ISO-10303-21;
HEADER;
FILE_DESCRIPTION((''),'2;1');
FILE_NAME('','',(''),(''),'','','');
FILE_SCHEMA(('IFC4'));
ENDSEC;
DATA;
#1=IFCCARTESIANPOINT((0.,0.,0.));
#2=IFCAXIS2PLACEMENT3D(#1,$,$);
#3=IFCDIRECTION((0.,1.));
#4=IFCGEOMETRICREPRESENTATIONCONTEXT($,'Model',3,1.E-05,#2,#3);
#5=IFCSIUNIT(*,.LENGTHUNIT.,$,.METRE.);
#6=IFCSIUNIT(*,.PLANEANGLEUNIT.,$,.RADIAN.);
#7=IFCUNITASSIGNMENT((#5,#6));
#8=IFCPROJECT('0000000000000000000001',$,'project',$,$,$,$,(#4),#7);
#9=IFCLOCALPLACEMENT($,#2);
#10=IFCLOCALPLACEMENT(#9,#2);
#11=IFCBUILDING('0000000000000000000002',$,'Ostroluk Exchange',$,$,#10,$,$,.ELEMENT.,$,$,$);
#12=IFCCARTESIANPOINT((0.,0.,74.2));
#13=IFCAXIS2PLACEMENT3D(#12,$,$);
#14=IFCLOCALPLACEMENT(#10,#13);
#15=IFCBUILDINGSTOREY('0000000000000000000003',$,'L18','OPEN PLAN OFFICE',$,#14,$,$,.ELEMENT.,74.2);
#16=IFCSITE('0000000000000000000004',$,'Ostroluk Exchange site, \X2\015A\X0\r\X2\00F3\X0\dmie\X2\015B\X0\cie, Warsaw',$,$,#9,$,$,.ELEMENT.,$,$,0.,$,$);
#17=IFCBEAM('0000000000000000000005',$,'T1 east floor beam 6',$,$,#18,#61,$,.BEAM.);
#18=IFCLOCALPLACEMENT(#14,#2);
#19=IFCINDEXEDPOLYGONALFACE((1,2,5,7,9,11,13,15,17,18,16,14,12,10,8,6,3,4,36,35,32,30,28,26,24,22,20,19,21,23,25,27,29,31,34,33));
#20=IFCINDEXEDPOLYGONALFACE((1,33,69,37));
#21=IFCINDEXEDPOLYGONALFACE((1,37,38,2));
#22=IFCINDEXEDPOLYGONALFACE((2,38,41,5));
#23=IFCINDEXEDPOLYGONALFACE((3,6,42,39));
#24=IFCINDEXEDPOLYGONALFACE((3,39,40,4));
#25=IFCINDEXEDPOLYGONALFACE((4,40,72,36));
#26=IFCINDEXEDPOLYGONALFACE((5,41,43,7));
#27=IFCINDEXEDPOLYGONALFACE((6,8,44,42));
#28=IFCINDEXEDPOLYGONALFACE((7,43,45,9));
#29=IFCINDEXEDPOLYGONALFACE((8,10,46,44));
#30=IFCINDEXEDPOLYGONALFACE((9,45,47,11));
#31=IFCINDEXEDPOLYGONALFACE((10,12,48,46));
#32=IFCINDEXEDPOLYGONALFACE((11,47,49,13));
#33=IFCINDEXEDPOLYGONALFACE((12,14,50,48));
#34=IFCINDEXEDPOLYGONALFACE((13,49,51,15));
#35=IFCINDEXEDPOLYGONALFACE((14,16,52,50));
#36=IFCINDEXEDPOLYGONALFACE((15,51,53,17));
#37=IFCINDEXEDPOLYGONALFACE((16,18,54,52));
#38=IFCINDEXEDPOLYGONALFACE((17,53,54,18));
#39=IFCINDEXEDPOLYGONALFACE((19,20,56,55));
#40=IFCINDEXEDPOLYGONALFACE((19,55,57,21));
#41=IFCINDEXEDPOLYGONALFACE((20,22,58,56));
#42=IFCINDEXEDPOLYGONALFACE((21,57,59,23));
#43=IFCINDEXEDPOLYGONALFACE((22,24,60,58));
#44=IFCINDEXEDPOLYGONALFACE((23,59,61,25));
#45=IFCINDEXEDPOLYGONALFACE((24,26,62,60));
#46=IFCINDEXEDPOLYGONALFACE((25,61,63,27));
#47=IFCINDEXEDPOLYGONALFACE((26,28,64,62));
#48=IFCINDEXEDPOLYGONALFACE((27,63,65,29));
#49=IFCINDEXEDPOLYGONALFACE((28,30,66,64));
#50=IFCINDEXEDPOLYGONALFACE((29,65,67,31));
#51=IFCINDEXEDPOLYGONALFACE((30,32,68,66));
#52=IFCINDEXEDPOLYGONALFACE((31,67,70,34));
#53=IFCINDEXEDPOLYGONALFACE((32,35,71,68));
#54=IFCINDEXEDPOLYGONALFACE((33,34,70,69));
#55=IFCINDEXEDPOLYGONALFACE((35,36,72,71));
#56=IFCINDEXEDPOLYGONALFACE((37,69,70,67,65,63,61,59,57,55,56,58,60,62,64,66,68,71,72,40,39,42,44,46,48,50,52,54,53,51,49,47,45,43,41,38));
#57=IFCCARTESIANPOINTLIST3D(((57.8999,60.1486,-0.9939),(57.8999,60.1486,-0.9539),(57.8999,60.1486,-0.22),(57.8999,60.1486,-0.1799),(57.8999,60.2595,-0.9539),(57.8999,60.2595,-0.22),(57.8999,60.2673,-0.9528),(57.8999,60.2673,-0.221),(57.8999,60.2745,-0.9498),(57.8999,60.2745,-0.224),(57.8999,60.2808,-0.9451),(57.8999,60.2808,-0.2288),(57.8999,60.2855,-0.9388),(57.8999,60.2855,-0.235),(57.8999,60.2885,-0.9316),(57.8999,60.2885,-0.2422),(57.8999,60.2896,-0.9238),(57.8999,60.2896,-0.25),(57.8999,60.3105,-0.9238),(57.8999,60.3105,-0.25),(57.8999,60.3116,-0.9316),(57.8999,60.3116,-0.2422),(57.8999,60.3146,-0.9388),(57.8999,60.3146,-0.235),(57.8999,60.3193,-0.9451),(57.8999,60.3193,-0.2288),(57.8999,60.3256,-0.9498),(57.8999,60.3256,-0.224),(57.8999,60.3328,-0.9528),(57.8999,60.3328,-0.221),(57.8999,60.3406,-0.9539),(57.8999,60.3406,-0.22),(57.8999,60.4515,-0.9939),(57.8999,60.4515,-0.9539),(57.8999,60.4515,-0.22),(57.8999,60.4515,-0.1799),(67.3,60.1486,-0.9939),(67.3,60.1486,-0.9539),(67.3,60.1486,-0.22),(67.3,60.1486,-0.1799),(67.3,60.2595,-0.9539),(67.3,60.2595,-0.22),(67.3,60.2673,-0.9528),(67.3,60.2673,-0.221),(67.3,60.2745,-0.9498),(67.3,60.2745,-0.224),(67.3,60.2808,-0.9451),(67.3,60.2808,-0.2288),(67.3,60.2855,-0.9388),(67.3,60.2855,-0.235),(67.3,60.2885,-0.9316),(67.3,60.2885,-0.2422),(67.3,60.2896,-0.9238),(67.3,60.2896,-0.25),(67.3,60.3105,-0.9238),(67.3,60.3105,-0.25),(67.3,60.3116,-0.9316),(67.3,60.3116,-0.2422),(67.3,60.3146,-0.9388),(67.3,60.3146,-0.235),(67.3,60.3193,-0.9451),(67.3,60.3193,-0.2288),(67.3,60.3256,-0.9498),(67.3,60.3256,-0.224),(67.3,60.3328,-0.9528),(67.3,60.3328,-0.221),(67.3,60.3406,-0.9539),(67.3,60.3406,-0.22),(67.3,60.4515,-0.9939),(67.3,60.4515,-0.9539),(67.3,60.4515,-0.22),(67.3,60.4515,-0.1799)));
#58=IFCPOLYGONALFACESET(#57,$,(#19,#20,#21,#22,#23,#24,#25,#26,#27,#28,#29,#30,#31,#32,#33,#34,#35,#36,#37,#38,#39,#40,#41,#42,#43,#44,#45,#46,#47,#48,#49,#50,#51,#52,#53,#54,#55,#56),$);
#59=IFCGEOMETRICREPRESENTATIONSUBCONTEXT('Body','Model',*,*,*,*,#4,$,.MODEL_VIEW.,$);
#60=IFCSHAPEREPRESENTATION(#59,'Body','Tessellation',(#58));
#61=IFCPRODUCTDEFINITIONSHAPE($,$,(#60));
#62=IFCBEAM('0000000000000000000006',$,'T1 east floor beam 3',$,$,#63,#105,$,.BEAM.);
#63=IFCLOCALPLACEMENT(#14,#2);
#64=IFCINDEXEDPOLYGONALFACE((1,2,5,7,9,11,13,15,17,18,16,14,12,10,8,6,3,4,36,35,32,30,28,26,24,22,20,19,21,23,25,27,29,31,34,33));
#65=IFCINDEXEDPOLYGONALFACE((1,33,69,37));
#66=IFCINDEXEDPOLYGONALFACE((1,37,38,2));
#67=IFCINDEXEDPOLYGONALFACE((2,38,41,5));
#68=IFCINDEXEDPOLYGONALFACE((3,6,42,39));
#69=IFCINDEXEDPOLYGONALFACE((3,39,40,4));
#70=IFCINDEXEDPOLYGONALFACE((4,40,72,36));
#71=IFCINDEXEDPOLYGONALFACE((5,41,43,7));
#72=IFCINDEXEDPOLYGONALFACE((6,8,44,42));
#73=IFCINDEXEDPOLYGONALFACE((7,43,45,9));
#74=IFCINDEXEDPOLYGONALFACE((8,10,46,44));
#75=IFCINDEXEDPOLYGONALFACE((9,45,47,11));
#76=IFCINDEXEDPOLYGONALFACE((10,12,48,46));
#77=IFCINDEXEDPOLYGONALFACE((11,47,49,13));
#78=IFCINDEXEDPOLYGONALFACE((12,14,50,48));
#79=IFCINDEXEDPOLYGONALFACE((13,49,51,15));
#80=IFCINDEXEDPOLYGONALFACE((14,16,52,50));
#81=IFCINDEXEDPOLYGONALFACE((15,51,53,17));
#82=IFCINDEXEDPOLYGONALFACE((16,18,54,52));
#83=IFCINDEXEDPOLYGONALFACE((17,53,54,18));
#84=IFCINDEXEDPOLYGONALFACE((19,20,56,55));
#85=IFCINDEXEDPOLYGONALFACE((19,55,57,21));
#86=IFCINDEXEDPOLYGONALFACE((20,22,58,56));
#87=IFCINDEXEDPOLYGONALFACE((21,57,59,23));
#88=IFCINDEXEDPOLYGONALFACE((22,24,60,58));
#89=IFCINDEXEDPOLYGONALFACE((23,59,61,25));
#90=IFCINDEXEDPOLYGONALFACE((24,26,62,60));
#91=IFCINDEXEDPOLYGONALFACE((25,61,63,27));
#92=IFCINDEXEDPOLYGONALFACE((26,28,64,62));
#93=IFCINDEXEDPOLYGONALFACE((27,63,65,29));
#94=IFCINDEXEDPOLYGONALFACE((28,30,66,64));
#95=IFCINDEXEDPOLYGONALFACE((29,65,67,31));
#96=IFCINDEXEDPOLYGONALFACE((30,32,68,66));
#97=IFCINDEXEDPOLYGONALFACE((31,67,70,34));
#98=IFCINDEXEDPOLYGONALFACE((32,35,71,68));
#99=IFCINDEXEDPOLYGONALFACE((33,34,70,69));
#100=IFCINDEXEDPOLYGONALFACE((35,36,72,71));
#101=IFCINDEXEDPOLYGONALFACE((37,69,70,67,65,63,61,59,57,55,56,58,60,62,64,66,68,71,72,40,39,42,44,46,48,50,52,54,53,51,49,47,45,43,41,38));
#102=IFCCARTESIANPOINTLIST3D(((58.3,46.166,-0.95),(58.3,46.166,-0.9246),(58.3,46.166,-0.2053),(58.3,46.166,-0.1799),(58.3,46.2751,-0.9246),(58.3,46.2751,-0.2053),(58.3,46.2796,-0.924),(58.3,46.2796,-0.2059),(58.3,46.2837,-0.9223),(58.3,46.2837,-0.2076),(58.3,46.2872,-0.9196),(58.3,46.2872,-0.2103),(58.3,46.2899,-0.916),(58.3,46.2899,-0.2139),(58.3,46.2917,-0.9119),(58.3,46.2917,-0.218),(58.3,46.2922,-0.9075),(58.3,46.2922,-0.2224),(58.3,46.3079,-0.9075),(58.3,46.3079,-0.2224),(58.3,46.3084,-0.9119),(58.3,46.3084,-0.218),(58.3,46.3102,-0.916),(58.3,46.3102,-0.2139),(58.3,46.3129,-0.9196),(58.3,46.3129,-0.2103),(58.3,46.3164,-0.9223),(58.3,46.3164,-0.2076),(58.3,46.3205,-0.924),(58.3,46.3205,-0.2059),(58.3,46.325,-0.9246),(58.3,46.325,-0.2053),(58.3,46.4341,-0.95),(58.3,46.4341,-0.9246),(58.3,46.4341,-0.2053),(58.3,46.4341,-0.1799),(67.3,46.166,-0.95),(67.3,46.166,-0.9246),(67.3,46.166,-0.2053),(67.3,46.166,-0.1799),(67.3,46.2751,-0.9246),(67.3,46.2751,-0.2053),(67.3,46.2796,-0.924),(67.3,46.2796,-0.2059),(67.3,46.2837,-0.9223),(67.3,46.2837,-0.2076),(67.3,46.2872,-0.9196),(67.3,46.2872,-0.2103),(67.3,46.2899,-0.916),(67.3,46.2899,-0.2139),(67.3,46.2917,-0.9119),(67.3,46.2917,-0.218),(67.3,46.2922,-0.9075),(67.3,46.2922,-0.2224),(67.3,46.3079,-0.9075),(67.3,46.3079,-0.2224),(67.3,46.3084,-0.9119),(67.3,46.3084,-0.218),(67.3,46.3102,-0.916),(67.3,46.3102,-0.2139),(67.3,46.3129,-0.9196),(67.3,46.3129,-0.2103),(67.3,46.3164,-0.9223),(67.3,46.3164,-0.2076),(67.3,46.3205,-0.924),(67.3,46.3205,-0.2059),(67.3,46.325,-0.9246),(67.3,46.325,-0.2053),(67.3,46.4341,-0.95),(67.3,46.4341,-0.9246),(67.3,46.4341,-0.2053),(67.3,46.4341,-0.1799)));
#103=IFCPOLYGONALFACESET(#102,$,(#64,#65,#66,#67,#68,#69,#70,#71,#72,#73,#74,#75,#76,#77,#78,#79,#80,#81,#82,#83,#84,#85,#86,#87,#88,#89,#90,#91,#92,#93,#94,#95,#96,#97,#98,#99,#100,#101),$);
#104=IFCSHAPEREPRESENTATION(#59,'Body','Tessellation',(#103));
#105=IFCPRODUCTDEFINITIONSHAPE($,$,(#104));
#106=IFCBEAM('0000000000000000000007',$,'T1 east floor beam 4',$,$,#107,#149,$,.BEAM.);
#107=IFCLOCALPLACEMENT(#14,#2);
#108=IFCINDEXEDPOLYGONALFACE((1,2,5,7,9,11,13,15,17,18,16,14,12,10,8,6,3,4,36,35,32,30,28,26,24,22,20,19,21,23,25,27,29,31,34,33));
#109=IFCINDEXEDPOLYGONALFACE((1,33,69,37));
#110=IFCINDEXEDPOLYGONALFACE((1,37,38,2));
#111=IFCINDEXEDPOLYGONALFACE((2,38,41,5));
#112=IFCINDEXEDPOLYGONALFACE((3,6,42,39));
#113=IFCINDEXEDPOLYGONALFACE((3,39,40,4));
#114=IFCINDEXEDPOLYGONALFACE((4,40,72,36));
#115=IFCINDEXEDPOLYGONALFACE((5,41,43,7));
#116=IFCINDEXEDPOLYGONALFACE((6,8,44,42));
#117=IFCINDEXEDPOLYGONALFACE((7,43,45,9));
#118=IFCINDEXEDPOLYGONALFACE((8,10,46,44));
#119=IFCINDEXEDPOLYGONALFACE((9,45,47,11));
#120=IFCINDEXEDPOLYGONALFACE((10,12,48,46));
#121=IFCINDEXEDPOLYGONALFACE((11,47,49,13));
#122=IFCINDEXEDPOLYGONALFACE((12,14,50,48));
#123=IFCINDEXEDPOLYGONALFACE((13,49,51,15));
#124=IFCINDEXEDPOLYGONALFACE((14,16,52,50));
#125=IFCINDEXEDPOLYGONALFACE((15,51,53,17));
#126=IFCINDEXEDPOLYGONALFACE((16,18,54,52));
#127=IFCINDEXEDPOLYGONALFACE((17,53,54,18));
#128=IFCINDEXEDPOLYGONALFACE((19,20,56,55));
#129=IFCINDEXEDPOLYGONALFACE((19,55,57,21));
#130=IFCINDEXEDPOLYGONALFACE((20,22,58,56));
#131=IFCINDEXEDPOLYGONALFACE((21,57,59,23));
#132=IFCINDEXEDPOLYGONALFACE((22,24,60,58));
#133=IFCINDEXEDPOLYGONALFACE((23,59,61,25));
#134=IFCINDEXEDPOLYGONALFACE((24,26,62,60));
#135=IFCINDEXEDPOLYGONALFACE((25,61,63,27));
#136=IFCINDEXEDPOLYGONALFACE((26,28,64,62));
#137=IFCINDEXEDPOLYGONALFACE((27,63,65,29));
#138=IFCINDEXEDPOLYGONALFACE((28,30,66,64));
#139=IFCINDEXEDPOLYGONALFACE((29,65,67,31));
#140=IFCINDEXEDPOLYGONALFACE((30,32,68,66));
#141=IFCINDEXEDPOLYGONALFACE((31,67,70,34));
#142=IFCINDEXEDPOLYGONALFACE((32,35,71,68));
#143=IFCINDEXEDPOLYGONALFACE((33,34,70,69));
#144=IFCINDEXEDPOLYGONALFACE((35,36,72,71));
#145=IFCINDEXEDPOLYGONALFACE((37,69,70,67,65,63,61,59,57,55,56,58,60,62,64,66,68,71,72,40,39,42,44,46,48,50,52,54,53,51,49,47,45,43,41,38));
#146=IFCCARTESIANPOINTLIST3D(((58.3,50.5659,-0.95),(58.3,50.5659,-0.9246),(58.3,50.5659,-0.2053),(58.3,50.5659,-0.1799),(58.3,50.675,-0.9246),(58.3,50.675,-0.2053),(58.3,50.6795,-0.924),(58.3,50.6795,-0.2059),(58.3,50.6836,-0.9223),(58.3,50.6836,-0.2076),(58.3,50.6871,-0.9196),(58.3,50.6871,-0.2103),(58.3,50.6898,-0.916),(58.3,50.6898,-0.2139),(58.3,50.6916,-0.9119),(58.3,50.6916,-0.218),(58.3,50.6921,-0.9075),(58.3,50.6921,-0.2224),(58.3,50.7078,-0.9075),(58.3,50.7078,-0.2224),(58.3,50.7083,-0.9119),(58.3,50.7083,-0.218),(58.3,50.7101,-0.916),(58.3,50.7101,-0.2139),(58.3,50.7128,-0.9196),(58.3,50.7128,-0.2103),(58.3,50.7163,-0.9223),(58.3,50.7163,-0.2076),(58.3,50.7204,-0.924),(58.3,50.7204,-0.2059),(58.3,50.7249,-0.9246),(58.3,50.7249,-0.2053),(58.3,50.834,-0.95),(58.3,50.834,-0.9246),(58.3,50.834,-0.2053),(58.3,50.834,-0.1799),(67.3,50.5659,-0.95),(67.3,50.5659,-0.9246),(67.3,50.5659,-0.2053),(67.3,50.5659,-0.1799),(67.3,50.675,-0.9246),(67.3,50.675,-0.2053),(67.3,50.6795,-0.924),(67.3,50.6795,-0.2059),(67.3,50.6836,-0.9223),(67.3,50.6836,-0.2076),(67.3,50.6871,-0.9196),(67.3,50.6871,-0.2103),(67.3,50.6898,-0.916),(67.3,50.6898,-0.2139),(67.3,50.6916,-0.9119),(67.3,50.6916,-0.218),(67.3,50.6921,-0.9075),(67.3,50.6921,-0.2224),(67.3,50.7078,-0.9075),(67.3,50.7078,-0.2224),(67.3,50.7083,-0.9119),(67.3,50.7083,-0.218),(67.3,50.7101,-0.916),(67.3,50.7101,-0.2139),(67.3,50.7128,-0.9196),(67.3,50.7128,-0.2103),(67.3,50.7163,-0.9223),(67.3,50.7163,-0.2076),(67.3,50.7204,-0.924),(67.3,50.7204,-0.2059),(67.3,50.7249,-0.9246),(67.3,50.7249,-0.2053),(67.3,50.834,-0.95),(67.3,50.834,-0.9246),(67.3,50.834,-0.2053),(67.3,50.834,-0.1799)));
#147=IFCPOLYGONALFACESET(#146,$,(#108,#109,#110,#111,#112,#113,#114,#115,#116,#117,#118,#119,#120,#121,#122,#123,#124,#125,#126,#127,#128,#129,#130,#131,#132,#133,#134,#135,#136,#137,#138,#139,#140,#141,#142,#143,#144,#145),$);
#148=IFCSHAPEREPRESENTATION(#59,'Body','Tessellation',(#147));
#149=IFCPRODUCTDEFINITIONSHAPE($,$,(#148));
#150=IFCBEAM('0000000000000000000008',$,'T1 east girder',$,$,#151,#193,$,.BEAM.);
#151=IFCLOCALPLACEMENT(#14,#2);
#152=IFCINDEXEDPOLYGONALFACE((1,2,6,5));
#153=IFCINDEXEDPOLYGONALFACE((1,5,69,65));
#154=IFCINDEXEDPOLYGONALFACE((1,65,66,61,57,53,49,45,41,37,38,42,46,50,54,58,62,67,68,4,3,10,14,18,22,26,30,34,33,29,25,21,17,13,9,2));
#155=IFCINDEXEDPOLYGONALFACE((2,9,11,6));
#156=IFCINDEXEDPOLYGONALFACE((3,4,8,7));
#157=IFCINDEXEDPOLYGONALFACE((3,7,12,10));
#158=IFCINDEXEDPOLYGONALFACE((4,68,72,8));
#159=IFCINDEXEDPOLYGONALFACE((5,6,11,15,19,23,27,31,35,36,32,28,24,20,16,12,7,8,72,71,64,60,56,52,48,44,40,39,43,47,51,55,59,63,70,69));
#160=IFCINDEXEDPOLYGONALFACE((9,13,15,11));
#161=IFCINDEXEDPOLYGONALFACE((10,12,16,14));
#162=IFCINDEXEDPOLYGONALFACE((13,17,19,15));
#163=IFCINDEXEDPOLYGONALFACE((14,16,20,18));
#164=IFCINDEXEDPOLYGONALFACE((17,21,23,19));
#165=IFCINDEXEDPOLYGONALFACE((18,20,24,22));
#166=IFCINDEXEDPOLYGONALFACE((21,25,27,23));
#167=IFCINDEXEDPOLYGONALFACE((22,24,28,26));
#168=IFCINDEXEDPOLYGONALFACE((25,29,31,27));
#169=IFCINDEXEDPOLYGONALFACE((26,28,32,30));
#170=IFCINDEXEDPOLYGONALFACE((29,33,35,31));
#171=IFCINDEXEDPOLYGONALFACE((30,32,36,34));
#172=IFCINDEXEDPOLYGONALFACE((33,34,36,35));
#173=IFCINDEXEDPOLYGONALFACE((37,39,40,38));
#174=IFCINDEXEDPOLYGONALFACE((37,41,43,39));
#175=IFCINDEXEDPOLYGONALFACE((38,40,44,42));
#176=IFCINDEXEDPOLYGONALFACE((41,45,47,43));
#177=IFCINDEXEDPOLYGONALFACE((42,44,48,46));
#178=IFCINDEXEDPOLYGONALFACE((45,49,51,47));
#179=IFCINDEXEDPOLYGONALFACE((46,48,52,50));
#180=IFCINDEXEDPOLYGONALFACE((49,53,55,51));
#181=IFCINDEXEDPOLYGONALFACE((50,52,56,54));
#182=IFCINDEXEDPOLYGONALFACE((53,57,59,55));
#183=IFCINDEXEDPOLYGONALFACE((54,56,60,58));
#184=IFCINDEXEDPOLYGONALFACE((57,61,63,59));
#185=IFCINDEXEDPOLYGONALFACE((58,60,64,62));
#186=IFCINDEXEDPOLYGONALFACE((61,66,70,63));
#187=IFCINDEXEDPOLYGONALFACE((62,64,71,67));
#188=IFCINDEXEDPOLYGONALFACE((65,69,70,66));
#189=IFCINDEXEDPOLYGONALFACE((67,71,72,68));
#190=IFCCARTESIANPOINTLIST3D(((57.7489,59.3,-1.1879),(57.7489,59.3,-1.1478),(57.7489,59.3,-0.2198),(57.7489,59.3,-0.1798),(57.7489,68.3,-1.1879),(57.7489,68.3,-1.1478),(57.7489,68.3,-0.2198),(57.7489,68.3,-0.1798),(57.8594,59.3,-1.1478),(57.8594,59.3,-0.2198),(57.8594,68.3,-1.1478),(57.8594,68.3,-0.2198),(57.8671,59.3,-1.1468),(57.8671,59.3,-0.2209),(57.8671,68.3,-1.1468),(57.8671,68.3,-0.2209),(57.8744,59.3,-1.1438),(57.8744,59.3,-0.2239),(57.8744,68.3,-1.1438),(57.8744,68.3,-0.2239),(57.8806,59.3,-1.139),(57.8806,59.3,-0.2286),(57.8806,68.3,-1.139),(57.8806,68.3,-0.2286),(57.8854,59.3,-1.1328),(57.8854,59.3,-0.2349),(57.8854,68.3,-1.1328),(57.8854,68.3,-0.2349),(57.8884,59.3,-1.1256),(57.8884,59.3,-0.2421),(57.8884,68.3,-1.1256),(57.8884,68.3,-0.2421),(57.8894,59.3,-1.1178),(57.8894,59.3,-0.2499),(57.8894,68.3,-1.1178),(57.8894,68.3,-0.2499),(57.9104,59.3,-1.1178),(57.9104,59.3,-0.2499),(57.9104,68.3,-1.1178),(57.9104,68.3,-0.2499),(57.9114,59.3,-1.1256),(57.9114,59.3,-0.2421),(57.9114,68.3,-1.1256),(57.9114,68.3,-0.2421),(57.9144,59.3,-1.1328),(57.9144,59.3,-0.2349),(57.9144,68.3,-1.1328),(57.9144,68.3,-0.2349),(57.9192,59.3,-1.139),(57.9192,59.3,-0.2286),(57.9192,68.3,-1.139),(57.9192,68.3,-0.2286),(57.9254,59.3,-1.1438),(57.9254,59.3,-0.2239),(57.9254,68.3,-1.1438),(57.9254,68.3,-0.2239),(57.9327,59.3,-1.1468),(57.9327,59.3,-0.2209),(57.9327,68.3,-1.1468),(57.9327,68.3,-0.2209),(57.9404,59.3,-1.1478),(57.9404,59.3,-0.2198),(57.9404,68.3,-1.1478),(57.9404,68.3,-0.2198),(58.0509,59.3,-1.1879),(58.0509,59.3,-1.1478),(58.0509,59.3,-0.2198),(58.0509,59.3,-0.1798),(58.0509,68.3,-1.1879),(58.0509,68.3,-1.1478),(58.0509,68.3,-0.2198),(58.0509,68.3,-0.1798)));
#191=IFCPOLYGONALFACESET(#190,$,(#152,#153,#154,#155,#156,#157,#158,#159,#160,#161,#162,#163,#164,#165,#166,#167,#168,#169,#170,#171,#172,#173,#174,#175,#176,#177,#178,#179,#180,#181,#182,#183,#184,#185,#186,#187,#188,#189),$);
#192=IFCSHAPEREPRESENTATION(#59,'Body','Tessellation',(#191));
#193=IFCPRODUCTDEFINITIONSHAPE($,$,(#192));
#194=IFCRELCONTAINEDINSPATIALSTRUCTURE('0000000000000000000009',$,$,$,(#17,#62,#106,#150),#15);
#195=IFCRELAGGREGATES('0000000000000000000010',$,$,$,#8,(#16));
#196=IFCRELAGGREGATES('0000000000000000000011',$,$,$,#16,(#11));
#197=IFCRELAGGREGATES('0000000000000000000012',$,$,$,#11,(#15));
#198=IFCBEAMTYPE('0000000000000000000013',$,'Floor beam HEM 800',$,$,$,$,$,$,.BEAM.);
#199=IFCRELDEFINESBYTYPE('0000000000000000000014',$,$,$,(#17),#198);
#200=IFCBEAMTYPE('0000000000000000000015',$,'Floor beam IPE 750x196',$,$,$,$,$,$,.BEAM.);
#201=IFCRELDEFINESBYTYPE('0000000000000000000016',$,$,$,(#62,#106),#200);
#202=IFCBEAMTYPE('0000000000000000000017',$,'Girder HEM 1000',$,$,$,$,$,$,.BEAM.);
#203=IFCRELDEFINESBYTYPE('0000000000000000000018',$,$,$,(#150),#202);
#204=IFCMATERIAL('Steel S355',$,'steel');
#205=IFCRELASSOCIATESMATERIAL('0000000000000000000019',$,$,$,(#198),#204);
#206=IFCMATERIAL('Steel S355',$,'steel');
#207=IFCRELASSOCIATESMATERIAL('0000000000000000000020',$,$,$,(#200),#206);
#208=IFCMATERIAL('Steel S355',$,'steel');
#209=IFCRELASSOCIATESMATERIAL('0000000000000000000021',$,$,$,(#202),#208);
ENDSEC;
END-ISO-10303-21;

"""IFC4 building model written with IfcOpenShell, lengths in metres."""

from ifc_helpers import new_model, si_unit, direction, frame, origin, origin_2d, place, context, subcontext, project, spatial, i_section, extrude, material, material_profile, profile_set, type_object, element, save


model = new_model("IFC4")

# Units and contexts
model_context = context("Model", 3, precision=1e-05, world=origin(), true_north=direction((0.0, 1.0)))
body_context = subcontext(model_context, "Body", "Model", "MODEL_VIEW")
ifc_project = project(units=[si_unit("LENGTHUNIT", "METRE"), si_unit("PLANEANGLEUNIT", "RADIAN")], contexts=[model_context])

# Site, building, storey
site_placement = place(None, origin())
site = spatial("IfcSite", under=ifc_project, at=site_placement, Name="Ostroluk Exchange site, Śródmieście, Warsaw", CompositionType="ELEMENT", RefElevation=0.0)
building_placement = place(site_placement, origin())
building = spatial("IfcBuilding", under=site, at=building_placement, Name="Ostroluk Exchange", CompositionType="ELEMENT")
storey_placement = place(building_placement, frame((0.0, 0.0, 74.2)))
storey = spatial("IfcBuildingStorey", under=building, at=storey_placement, Name="L18", Description="OPEN PLAN OFFICE", CompositionType="ELEMENT", Elevation=74.2)

# Beams
ifc_material_1 = material(Name="Steel S355", Category="steel")
ifc_material_profile_1 = material_profile(ifc_material_1, i_section(OverallWidth=0.303, OverallDepth=0.814, WebThickness=0.021, FlangeThickness=0.04, FilletRadius=0.03, at=origin_2d()), Name="HEM 800")
ifc_profile_set_1 = profile_set([ifc_material_profile_1], Name="Steel S355")
beam_type_1 = type_object("IfcBeamType", Name="Floor beam HEM 800", PredefinedType="BEAM", material=ifc_profile_set_1)
beam_1_placement = place(storey_placement, frame((57.8999, 60.3, -0.5869), z_axis=(1.0, 0.0, 0.0), x_axis=(0.0, 1.0, 0.0)))
element("IfcBeam", 1, at=beam_1_placement, inside=storey, type_object=beam_type_1, Name="T1 east floor beam 6", PredefinedType="BEAM", context=body_context, shape_type="SweptSolid", body=[
    extrude(i_section(OverallWidth=0.303, OverallDepth=0.814, WebThickness=0.021, FlangeThickness=0.04, FilletRadius=0.03, at=origin_2d()), origin(), (0.0, 0.0, 1.0), 9.4001),
])
ifc_material_2 = material(Name="Steel S355", Category="steel")
ifc_material_profile_2 = material_profile(ifc_material_2, i_section(OverallWidth=0.2681, OverallDepth=0.77, WebThickness=0.0156, FlangeThickness=0.0254, FilletRadius=0.0171, at=origin_2d()), Name="IPE 750x196")
ifc_profile_set_2 = profile_set([ifc_material_profile_2], Name="Steel S355")
beam_type_2 = type_object("IfcBeamType", Name="Floor beam IPE 750x196", PredefinedType="BEAM", material=ifc_profile_set_2)
for number, where, z_axis, x_axis, name in (
    (2, (58.3, 46.3, -0.5649), (1.0, 0.0, 0.0), (0.0, 1.0, 0.0), "T1 east floor beam 3"),
    (3, (58.3, 50.7, -0.5649), (1.0, 0.0, 0.0), (0.0, 1.0, 0.0), "T1 east floor beam 4"),
):
    element("IfcBeam", number, at=place(storey_placement, frame(where, z_axis=z_axis, x_axis=x_axis)), inside=storey, type_object=beam_type_2, Name=name, PredefinedType="BEAM", context=body_context, shape_type="SweptSolid", body=[
        extrude(i_section(OverallWidth=0.2681, OverallDepth=0.77, WebThickness=0.0156, FlangeThickness=0.0254, FilletRadius=0.0171, at=origin_2d()), origin(), (0.0, 0.0, 1.0), 9.0),
    ])
ifc_material_3 = material(Name="Steel S355", Category="steel")
ifc_material_profile_3 = material_profile(ifc_material_3, i_section(OverallWidth=0.302, OverallDepth=1.0081, WebThickness=0.021, FlangeThickness=0.04, FilletRadius=0.03, at=origin_2d()), Name="HEM 1000")
ifc_profile_set_3 = profile_set([ifc_material_profile_3], Name="Steel S355")
beam_type_3 = type_object("IfcBeamType", Name="Girder HEM 1000", PredefinedType="BEAM", material=ifc_profile_set_3)
beam_2_placement = place(storey_placement, frame((57.8999, 59.3, -0.6838), z_axis=(0.0, 1.0, 0.0), x_axis=(-1.0, 0.0, 0.0)))
element("IfcBeam", 4, at=beam_2_placement, inside=storey, type_object=beam_type_3, Name="T1 east girder", PredefinedType="BEAM", context=body_context, shape_type="SweptSolid", body=[
    extrude(i_section(OverallWidth=0.302, OverallDepth=1.0081, WebThickness=0.021, FlangeThickness=0.04, FilletRadius=0.03, at=origin_2d()), origin(), (0.0, 0.0, 1.0), 9.0),
])

save(model, "model.ifc")
